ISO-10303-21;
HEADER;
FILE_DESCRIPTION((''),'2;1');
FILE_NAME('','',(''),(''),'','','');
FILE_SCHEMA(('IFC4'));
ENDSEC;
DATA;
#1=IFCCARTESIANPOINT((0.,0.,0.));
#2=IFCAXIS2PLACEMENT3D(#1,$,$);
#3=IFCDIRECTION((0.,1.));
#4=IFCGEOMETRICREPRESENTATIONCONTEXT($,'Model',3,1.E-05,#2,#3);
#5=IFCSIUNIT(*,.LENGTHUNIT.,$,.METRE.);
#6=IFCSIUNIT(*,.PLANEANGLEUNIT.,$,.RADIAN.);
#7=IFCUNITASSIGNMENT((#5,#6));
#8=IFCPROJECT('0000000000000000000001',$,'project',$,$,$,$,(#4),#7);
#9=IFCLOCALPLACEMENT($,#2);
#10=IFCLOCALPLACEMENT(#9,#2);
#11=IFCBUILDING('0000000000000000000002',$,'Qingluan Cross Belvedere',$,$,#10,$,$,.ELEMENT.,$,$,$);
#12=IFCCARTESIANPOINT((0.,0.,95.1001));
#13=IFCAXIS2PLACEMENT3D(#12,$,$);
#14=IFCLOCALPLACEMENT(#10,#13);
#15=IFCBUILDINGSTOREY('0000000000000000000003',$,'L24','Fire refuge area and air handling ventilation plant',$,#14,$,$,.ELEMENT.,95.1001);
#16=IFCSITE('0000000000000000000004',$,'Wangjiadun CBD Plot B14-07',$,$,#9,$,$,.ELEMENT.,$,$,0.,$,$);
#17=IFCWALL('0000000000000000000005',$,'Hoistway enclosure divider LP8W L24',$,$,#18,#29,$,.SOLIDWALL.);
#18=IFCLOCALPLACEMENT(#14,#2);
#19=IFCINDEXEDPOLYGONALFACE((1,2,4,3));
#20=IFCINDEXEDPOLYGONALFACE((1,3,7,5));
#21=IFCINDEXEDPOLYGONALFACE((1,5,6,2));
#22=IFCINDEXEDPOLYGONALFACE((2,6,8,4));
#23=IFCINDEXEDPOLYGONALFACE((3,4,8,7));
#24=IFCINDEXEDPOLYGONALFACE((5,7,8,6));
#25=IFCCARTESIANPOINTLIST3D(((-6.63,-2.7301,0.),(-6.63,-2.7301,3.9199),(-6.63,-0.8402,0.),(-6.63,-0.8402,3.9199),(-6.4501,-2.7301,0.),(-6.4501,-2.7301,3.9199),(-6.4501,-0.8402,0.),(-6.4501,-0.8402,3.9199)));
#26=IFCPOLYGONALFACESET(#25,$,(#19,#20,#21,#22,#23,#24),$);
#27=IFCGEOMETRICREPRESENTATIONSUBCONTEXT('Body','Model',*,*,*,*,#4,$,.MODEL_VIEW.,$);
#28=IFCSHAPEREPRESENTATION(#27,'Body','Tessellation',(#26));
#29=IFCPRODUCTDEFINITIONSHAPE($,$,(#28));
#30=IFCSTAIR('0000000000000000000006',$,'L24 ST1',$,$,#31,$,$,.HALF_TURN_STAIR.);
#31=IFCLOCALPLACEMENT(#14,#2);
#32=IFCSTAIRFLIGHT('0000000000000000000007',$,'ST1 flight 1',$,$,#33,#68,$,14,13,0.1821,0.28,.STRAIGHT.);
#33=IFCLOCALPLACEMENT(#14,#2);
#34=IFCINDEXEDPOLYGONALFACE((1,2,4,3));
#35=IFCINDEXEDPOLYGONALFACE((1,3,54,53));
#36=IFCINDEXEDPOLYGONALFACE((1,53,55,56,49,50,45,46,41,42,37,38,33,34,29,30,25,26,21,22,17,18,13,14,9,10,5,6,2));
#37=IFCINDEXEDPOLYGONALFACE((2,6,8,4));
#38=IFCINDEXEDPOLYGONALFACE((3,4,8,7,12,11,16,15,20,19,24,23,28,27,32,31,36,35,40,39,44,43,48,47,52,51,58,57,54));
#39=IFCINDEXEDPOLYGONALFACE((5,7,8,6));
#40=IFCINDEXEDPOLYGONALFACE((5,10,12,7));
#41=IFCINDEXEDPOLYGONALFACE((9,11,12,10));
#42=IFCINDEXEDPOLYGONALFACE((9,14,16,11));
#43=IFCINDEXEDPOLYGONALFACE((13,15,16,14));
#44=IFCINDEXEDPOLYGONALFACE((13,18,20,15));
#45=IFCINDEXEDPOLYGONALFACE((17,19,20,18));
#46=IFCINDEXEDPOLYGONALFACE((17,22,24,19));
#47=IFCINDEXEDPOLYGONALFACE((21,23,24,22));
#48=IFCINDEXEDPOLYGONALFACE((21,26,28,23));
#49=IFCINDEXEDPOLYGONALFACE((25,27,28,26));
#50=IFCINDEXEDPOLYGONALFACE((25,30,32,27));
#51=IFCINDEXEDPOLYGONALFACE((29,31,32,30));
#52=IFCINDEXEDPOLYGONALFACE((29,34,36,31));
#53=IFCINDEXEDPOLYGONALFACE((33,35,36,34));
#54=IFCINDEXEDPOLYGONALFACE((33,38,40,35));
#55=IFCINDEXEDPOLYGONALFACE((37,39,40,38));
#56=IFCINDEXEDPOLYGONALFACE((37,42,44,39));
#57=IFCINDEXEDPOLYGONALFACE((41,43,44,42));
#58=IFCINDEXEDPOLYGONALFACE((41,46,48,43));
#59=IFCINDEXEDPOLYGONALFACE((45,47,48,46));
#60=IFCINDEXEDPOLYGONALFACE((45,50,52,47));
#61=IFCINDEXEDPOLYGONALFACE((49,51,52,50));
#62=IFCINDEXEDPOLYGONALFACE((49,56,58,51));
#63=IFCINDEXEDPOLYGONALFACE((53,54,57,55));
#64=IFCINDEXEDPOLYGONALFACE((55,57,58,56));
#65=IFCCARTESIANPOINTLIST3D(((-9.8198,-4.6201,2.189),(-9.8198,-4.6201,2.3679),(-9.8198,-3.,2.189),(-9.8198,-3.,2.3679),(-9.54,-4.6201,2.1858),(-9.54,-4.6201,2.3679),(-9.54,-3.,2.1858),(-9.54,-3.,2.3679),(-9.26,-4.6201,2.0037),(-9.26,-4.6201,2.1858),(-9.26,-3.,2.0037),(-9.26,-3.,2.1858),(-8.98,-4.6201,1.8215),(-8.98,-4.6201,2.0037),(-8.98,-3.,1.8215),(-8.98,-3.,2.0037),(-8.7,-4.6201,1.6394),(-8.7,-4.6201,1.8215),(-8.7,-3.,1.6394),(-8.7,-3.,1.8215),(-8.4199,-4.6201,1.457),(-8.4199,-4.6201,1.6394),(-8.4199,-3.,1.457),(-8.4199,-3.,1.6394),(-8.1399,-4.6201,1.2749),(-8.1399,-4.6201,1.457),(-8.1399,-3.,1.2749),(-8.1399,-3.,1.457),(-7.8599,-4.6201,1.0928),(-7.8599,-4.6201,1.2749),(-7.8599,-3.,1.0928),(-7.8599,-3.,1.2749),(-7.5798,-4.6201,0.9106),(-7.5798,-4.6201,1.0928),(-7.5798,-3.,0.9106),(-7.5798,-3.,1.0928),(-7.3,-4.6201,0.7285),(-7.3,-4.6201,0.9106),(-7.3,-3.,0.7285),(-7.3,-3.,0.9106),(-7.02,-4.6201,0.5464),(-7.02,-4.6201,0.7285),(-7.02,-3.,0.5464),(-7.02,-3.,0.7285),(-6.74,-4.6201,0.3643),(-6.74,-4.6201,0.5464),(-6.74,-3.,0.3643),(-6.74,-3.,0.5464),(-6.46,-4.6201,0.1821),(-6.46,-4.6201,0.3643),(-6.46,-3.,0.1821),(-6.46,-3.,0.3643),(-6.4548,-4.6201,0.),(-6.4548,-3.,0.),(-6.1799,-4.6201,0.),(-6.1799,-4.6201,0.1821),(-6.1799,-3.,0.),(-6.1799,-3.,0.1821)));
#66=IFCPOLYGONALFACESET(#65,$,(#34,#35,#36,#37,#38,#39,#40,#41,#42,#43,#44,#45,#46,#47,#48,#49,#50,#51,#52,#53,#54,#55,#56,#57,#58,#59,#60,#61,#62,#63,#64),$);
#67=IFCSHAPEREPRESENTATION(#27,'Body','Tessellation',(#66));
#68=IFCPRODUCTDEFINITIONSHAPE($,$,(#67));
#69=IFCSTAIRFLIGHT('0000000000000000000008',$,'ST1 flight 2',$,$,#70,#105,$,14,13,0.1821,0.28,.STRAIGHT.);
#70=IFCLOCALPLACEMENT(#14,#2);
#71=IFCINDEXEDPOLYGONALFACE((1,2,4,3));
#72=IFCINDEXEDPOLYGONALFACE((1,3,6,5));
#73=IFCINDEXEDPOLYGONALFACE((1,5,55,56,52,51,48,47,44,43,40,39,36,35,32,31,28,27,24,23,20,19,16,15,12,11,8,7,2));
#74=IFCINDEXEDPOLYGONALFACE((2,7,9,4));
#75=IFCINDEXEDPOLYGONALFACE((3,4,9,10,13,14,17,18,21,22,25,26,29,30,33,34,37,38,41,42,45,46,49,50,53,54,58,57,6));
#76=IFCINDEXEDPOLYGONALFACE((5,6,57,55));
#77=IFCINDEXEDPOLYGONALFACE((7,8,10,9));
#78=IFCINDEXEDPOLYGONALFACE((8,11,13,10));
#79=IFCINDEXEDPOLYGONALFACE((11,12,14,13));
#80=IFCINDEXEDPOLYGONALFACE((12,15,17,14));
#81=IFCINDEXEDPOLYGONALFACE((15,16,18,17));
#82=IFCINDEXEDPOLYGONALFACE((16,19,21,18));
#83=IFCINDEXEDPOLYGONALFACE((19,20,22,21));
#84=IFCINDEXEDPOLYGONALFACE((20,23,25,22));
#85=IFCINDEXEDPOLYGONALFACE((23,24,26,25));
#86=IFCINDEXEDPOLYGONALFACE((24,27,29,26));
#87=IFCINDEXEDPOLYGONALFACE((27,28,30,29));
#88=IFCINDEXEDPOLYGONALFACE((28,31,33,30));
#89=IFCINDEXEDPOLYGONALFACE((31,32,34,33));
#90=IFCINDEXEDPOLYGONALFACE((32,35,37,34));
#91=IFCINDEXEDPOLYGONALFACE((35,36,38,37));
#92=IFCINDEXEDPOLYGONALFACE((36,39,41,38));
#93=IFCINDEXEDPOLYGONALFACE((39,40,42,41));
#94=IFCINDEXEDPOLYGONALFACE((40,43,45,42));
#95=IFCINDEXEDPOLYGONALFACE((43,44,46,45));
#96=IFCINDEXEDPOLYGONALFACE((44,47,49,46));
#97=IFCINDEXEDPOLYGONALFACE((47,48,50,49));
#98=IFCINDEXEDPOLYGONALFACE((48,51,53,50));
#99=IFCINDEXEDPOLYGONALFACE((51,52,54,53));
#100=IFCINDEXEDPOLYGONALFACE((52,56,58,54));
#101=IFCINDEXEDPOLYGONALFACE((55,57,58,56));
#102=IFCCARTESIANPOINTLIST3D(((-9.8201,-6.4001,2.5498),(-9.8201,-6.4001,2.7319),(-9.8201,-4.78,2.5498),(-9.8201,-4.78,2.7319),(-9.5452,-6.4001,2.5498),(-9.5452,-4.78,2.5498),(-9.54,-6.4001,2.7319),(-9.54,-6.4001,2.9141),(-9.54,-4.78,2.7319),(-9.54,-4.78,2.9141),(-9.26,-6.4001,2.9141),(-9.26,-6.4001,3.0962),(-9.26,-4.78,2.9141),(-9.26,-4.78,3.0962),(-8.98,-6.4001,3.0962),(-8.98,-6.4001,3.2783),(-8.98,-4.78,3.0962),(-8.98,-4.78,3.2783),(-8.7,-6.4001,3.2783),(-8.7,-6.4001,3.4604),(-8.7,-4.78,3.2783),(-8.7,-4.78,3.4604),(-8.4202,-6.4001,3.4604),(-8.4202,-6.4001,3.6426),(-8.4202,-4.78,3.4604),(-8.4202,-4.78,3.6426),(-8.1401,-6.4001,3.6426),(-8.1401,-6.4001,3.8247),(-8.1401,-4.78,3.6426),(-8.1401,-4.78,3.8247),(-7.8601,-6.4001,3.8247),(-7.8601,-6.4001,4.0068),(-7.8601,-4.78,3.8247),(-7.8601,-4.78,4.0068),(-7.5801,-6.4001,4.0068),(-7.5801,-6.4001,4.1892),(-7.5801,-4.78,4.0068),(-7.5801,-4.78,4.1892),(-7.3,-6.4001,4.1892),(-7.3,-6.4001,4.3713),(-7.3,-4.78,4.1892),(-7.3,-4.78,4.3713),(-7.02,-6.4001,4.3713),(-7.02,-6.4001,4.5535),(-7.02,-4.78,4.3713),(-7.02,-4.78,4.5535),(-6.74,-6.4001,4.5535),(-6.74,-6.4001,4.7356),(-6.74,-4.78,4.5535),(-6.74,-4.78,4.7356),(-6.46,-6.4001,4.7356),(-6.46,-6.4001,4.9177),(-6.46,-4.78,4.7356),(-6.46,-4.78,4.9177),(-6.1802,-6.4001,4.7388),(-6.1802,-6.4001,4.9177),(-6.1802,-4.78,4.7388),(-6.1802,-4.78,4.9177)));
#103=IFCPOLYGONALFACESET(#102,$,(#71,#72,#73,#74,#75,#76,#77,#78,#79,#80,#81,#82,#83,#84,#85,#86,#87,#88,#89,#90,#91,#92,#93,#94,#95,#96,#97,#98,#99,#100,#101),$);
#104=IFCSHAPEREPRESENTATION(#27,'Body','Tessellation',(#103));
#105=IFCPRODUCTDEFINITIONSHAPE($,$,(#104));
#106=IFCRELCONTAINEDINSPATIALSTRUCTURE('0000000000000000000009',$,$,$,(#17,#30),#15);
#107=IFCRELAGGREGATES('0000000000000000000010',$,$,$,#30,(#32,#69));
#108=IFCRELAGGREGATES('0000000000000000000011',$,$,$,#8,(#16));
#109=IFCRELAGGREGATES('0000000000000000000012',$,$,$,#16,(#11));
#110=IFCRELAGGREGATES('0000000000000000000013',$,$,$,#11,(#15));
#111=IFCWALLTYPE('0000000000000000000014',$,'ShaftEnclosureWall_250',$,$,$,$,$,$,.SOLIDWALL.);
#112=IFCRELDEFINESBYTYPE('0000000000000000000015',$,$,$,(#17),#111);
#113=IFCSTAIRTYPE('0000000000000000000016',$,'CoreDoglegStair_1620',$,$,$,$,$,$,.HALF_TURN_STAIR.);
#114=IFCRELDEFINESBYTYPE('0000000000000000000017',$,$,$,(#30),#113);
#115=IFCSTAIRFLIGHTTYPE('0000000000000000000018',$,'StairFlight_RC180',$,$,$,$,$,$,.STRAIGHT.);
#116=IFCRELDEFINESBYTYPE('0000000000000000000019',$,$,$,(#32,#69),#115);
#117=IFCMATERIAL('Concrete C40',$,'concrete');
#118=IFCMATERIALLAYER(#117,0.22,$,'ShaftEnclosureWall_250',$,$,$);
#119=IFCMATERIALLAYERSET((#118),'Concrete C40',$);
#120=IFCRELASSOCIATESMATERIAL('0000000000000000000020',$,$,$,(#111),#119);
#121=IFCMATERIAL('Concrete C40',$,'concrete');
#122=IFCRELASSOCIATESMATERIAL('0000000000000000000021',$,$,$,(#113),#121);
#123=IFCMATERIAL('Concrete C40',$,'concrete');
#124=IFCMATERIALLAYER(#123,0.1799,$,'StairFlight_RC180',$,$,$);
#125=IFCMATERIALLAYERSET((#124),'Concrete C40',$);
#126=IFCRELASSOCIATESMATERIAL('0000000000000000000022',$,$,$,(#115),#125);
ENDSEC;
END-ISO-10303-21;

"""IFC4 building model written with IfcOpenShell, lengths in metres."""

from ifc_helpers import new_model, si_unit, direction, frame, frame_2d, origin, place, context, subcontext, project, spatial, polyline, rectangle, outline, extrude, material, layer, layer_set, type_object, element, aggregate, save


model = new_model("IFC4")

# Units and contexts
model_context = context("Model", 3, precision=1e-05, world=origin(), true_north=direction((0.0, 1.0)))
body_context = subcontext(model_context, "Body", "Model", "MODEL_VIEW")
ifc_project = project(units=[si_unit("LENGTHUNIT", "METRE"), si_unit("PLANEANGLEUNIT", "RADIAN")], contexts=[model_context])

# Site, building, storey
site_placement = place(None, origin())
site = spatial("IfcSite", under=ifc_project, at=site_placement, Name="Wangjiadun CBD Plot B14-07", CompositionType="ELEMENT", RefElevation=0.0)
building_placement = place(site_placement, origin())
building = spatial("IfcBuilding", under=site, at=building_placement, Name="Qingluan Cross Belvedere", CompositionType="ELEMENT")
storey_placement = place(building_placement, frame((0.0, 0.0, 95.1001)))
storey = spatial("IfcBuildingStorey", under=building, at=storey_placement, Name="L24", Description="Fire refuge area and air handling ventilation plant", CompositionType="ELEMENT", Elevation=95.1001)

# Shared definitions
ifc_material_1 = material(Name="Concrete C40", Category="concrete")
ifc_layer_1 = layer(ifc_material_1, 0.22, Name="ShaftEnclosureWall_250")
ifc_layer_set_1 = layer_set([ifc_layer_1], Name="Concrete C40")
wall_type_1 = type_object("IfcWallType", Name="ShaftEnclosureWall_250", PredefinedType="SOLIDWALL", material=ifc_layer_set_1)

# Wall
for number, where, z_axis, x_axis, name in (
    (1, (-6.54, -2.73, 0.0), (0.0, 0.0, 1.0), (0.0, 1.0, 0.0), "Hoistway enclosure divider LP8W L24"),
):
    element("IfcWall", number, at=place(storey_placement, frame(where, z_axis=z_axis, x_axis=x_axis)), inside=storey, type_object=wall_type_1, Name=name, PredefinedType="SOLIDWALL", context=body_context, shape_type="SweptSolid", body=[
        extrude(rectangle(XDim=1.8899, YDim=0.1799, at=frame_2d((0.9448, 0.0))), origin(), (0.0, 0.0, 1.0), 3.9199),
    ])

# Stair, stair flights
ifc_material_2 = material(Name="Concrete C40", Category="concrete")
stair_type = type_object("IfcStairType", Name="CoreDoglegStair_1620", PredefinedType="HALF_TURN_STAIR", material=ifc_material_2)
stair_placement = place(storey_placement, origin())
stair = element("IfcStair", 2, at=stair_placement, inside=storey, type_object=stair_type, Name="L24 ST1", PredefinedType="HALF_TURN_STAIR")
ifc_material_3 = material(Name="Concrete C40", Category="concrete")
ifc_layer_2 = layer(ifc_material_3, 0.1799, Name="StairFlight_RC180")
ifc_layer_set_2 = layer_set([ifc_layer_2], Name="Concrete C40")
stair_flight_type = type_object("IfcStairFlightType", Name="StairFlight_RC180", PredefinedType="STRAIGHT", material=ifc_layer_set_2)
stair_flight_1_placement = place(storey_placement, frame((-6.1799, -3.8101, 0.0), z_axis=(0.0, 0.0, 1.0), x_axis=(-1.0, 0.0, 0.0)))
stair_flight_1 = element("IfcStairFlight", 3, at=stair_flight_1_placement, type_object=stair_flight_type, Name="ST1 flight 1", NumberOfRisers=14, NumberOfTreads=13, PredefinedType="STRAIGHT", RiserHeight=0.1821, TreadLength=0.28, context=body_context, shape_type="SweptSolid", body=[
    extrude(outline(polyline([(0.0, 0.0), (0.0, 0.1821), (0.28, 0.1821), (0.28, 0.3643), (0.5601, 0.3643), (0.5601, 0.5464), (0.8401, 0.5464), (0.8401, 0.7285), (1.1201, 0.7285), (1.1201, 0.9106), (1.3999, 0.9106), (1.3999, 1.0928), (1.6799, 1.0928), (1.6799, 1.2749), (1.96, 1.2749), (1.96, 1.457), (2.24, 1.457), (2.24, 1.6394), (2.52, 1.6394), (2.52, 1.8215), (2.8, 1.8215), (2.8, 2.0037), (3.0801, 2.0037), (3.0801, 2.1858), (3.3601, 2.1858), (3.3601, 2.3679), (3.6399, 2.3679), (3.6399, 2.55), (3.6399, 2.189), (0.2749, 0.0), (0.0, 0.0)])), frame((0.0, 0.8101, 0.0), z_axis=(0.0, -1.0, 0.0), x_axis=(1.0, 0.0, 0.0)), (0.0, 0.0, 1.0), 1.6201),
])
stair_flight_2_placement = place(storey_placement, frame((-9.8201, -5.5901, 2.5498), z_axis=(0.0, 0.0, 1.0), x_axis=(1.0, 0.0, 0.0)))
stair_flight_2 = element("IfcStairFlight", 4, at=stair_flight_2_placement, type_object=stair_flight_type, Name="ST1 flight 2", NumberOfRisers=14, NumberOfTreads=13, PredefinedType="STRAIGHT", RiserHeight=0.1821, TreadLength=0.28, context=body_context, shape_type="SweptSolid", body=[
    extrude(outline(polyline([(0.0, 0.0), (0.0, 0.1821), (0.28, 0.1821), (0.28, 0.3643), (0.5601, 0.3643), (0.5601, 0.5464), (0.8401, 0.5464), (0.8401, 0.7285), (1.1201, 0.7285), (1.1201, 0.9106), (1.3999, 0.9106), (1.3999, 1.0928), (1.6799, 1.0928), (1.6799, 1.2749), (1.96, 1.2749), (1.96, 1.457), (2.24, 1.457), (2.24, 1.6394), (2.52, 1.6394), (2.52, 1.8215), (2.8, 1.8215), (2.8, 2.0037), (3.0801, 2.0037), (3.0801, 2.1858), (3.3601, 2.1858), (3.3601, 2.3679), (3.6399, 2.3679), (3.6399, 2.55), (3.6399, 2.189), (0.2749, 0.0), (0.0, 0.0)])), frame((0.0, 0.8101, 0.0), z_axis=(0.0, -1.0, 0.0), x_axis=(1.0, 0.0, 0.0)), (0.0, 0.0, 1.0), 1.6201),
])
aggregate(stair, [stair_flight_1, stair_flight_2])

save(model, "model.ifc")
